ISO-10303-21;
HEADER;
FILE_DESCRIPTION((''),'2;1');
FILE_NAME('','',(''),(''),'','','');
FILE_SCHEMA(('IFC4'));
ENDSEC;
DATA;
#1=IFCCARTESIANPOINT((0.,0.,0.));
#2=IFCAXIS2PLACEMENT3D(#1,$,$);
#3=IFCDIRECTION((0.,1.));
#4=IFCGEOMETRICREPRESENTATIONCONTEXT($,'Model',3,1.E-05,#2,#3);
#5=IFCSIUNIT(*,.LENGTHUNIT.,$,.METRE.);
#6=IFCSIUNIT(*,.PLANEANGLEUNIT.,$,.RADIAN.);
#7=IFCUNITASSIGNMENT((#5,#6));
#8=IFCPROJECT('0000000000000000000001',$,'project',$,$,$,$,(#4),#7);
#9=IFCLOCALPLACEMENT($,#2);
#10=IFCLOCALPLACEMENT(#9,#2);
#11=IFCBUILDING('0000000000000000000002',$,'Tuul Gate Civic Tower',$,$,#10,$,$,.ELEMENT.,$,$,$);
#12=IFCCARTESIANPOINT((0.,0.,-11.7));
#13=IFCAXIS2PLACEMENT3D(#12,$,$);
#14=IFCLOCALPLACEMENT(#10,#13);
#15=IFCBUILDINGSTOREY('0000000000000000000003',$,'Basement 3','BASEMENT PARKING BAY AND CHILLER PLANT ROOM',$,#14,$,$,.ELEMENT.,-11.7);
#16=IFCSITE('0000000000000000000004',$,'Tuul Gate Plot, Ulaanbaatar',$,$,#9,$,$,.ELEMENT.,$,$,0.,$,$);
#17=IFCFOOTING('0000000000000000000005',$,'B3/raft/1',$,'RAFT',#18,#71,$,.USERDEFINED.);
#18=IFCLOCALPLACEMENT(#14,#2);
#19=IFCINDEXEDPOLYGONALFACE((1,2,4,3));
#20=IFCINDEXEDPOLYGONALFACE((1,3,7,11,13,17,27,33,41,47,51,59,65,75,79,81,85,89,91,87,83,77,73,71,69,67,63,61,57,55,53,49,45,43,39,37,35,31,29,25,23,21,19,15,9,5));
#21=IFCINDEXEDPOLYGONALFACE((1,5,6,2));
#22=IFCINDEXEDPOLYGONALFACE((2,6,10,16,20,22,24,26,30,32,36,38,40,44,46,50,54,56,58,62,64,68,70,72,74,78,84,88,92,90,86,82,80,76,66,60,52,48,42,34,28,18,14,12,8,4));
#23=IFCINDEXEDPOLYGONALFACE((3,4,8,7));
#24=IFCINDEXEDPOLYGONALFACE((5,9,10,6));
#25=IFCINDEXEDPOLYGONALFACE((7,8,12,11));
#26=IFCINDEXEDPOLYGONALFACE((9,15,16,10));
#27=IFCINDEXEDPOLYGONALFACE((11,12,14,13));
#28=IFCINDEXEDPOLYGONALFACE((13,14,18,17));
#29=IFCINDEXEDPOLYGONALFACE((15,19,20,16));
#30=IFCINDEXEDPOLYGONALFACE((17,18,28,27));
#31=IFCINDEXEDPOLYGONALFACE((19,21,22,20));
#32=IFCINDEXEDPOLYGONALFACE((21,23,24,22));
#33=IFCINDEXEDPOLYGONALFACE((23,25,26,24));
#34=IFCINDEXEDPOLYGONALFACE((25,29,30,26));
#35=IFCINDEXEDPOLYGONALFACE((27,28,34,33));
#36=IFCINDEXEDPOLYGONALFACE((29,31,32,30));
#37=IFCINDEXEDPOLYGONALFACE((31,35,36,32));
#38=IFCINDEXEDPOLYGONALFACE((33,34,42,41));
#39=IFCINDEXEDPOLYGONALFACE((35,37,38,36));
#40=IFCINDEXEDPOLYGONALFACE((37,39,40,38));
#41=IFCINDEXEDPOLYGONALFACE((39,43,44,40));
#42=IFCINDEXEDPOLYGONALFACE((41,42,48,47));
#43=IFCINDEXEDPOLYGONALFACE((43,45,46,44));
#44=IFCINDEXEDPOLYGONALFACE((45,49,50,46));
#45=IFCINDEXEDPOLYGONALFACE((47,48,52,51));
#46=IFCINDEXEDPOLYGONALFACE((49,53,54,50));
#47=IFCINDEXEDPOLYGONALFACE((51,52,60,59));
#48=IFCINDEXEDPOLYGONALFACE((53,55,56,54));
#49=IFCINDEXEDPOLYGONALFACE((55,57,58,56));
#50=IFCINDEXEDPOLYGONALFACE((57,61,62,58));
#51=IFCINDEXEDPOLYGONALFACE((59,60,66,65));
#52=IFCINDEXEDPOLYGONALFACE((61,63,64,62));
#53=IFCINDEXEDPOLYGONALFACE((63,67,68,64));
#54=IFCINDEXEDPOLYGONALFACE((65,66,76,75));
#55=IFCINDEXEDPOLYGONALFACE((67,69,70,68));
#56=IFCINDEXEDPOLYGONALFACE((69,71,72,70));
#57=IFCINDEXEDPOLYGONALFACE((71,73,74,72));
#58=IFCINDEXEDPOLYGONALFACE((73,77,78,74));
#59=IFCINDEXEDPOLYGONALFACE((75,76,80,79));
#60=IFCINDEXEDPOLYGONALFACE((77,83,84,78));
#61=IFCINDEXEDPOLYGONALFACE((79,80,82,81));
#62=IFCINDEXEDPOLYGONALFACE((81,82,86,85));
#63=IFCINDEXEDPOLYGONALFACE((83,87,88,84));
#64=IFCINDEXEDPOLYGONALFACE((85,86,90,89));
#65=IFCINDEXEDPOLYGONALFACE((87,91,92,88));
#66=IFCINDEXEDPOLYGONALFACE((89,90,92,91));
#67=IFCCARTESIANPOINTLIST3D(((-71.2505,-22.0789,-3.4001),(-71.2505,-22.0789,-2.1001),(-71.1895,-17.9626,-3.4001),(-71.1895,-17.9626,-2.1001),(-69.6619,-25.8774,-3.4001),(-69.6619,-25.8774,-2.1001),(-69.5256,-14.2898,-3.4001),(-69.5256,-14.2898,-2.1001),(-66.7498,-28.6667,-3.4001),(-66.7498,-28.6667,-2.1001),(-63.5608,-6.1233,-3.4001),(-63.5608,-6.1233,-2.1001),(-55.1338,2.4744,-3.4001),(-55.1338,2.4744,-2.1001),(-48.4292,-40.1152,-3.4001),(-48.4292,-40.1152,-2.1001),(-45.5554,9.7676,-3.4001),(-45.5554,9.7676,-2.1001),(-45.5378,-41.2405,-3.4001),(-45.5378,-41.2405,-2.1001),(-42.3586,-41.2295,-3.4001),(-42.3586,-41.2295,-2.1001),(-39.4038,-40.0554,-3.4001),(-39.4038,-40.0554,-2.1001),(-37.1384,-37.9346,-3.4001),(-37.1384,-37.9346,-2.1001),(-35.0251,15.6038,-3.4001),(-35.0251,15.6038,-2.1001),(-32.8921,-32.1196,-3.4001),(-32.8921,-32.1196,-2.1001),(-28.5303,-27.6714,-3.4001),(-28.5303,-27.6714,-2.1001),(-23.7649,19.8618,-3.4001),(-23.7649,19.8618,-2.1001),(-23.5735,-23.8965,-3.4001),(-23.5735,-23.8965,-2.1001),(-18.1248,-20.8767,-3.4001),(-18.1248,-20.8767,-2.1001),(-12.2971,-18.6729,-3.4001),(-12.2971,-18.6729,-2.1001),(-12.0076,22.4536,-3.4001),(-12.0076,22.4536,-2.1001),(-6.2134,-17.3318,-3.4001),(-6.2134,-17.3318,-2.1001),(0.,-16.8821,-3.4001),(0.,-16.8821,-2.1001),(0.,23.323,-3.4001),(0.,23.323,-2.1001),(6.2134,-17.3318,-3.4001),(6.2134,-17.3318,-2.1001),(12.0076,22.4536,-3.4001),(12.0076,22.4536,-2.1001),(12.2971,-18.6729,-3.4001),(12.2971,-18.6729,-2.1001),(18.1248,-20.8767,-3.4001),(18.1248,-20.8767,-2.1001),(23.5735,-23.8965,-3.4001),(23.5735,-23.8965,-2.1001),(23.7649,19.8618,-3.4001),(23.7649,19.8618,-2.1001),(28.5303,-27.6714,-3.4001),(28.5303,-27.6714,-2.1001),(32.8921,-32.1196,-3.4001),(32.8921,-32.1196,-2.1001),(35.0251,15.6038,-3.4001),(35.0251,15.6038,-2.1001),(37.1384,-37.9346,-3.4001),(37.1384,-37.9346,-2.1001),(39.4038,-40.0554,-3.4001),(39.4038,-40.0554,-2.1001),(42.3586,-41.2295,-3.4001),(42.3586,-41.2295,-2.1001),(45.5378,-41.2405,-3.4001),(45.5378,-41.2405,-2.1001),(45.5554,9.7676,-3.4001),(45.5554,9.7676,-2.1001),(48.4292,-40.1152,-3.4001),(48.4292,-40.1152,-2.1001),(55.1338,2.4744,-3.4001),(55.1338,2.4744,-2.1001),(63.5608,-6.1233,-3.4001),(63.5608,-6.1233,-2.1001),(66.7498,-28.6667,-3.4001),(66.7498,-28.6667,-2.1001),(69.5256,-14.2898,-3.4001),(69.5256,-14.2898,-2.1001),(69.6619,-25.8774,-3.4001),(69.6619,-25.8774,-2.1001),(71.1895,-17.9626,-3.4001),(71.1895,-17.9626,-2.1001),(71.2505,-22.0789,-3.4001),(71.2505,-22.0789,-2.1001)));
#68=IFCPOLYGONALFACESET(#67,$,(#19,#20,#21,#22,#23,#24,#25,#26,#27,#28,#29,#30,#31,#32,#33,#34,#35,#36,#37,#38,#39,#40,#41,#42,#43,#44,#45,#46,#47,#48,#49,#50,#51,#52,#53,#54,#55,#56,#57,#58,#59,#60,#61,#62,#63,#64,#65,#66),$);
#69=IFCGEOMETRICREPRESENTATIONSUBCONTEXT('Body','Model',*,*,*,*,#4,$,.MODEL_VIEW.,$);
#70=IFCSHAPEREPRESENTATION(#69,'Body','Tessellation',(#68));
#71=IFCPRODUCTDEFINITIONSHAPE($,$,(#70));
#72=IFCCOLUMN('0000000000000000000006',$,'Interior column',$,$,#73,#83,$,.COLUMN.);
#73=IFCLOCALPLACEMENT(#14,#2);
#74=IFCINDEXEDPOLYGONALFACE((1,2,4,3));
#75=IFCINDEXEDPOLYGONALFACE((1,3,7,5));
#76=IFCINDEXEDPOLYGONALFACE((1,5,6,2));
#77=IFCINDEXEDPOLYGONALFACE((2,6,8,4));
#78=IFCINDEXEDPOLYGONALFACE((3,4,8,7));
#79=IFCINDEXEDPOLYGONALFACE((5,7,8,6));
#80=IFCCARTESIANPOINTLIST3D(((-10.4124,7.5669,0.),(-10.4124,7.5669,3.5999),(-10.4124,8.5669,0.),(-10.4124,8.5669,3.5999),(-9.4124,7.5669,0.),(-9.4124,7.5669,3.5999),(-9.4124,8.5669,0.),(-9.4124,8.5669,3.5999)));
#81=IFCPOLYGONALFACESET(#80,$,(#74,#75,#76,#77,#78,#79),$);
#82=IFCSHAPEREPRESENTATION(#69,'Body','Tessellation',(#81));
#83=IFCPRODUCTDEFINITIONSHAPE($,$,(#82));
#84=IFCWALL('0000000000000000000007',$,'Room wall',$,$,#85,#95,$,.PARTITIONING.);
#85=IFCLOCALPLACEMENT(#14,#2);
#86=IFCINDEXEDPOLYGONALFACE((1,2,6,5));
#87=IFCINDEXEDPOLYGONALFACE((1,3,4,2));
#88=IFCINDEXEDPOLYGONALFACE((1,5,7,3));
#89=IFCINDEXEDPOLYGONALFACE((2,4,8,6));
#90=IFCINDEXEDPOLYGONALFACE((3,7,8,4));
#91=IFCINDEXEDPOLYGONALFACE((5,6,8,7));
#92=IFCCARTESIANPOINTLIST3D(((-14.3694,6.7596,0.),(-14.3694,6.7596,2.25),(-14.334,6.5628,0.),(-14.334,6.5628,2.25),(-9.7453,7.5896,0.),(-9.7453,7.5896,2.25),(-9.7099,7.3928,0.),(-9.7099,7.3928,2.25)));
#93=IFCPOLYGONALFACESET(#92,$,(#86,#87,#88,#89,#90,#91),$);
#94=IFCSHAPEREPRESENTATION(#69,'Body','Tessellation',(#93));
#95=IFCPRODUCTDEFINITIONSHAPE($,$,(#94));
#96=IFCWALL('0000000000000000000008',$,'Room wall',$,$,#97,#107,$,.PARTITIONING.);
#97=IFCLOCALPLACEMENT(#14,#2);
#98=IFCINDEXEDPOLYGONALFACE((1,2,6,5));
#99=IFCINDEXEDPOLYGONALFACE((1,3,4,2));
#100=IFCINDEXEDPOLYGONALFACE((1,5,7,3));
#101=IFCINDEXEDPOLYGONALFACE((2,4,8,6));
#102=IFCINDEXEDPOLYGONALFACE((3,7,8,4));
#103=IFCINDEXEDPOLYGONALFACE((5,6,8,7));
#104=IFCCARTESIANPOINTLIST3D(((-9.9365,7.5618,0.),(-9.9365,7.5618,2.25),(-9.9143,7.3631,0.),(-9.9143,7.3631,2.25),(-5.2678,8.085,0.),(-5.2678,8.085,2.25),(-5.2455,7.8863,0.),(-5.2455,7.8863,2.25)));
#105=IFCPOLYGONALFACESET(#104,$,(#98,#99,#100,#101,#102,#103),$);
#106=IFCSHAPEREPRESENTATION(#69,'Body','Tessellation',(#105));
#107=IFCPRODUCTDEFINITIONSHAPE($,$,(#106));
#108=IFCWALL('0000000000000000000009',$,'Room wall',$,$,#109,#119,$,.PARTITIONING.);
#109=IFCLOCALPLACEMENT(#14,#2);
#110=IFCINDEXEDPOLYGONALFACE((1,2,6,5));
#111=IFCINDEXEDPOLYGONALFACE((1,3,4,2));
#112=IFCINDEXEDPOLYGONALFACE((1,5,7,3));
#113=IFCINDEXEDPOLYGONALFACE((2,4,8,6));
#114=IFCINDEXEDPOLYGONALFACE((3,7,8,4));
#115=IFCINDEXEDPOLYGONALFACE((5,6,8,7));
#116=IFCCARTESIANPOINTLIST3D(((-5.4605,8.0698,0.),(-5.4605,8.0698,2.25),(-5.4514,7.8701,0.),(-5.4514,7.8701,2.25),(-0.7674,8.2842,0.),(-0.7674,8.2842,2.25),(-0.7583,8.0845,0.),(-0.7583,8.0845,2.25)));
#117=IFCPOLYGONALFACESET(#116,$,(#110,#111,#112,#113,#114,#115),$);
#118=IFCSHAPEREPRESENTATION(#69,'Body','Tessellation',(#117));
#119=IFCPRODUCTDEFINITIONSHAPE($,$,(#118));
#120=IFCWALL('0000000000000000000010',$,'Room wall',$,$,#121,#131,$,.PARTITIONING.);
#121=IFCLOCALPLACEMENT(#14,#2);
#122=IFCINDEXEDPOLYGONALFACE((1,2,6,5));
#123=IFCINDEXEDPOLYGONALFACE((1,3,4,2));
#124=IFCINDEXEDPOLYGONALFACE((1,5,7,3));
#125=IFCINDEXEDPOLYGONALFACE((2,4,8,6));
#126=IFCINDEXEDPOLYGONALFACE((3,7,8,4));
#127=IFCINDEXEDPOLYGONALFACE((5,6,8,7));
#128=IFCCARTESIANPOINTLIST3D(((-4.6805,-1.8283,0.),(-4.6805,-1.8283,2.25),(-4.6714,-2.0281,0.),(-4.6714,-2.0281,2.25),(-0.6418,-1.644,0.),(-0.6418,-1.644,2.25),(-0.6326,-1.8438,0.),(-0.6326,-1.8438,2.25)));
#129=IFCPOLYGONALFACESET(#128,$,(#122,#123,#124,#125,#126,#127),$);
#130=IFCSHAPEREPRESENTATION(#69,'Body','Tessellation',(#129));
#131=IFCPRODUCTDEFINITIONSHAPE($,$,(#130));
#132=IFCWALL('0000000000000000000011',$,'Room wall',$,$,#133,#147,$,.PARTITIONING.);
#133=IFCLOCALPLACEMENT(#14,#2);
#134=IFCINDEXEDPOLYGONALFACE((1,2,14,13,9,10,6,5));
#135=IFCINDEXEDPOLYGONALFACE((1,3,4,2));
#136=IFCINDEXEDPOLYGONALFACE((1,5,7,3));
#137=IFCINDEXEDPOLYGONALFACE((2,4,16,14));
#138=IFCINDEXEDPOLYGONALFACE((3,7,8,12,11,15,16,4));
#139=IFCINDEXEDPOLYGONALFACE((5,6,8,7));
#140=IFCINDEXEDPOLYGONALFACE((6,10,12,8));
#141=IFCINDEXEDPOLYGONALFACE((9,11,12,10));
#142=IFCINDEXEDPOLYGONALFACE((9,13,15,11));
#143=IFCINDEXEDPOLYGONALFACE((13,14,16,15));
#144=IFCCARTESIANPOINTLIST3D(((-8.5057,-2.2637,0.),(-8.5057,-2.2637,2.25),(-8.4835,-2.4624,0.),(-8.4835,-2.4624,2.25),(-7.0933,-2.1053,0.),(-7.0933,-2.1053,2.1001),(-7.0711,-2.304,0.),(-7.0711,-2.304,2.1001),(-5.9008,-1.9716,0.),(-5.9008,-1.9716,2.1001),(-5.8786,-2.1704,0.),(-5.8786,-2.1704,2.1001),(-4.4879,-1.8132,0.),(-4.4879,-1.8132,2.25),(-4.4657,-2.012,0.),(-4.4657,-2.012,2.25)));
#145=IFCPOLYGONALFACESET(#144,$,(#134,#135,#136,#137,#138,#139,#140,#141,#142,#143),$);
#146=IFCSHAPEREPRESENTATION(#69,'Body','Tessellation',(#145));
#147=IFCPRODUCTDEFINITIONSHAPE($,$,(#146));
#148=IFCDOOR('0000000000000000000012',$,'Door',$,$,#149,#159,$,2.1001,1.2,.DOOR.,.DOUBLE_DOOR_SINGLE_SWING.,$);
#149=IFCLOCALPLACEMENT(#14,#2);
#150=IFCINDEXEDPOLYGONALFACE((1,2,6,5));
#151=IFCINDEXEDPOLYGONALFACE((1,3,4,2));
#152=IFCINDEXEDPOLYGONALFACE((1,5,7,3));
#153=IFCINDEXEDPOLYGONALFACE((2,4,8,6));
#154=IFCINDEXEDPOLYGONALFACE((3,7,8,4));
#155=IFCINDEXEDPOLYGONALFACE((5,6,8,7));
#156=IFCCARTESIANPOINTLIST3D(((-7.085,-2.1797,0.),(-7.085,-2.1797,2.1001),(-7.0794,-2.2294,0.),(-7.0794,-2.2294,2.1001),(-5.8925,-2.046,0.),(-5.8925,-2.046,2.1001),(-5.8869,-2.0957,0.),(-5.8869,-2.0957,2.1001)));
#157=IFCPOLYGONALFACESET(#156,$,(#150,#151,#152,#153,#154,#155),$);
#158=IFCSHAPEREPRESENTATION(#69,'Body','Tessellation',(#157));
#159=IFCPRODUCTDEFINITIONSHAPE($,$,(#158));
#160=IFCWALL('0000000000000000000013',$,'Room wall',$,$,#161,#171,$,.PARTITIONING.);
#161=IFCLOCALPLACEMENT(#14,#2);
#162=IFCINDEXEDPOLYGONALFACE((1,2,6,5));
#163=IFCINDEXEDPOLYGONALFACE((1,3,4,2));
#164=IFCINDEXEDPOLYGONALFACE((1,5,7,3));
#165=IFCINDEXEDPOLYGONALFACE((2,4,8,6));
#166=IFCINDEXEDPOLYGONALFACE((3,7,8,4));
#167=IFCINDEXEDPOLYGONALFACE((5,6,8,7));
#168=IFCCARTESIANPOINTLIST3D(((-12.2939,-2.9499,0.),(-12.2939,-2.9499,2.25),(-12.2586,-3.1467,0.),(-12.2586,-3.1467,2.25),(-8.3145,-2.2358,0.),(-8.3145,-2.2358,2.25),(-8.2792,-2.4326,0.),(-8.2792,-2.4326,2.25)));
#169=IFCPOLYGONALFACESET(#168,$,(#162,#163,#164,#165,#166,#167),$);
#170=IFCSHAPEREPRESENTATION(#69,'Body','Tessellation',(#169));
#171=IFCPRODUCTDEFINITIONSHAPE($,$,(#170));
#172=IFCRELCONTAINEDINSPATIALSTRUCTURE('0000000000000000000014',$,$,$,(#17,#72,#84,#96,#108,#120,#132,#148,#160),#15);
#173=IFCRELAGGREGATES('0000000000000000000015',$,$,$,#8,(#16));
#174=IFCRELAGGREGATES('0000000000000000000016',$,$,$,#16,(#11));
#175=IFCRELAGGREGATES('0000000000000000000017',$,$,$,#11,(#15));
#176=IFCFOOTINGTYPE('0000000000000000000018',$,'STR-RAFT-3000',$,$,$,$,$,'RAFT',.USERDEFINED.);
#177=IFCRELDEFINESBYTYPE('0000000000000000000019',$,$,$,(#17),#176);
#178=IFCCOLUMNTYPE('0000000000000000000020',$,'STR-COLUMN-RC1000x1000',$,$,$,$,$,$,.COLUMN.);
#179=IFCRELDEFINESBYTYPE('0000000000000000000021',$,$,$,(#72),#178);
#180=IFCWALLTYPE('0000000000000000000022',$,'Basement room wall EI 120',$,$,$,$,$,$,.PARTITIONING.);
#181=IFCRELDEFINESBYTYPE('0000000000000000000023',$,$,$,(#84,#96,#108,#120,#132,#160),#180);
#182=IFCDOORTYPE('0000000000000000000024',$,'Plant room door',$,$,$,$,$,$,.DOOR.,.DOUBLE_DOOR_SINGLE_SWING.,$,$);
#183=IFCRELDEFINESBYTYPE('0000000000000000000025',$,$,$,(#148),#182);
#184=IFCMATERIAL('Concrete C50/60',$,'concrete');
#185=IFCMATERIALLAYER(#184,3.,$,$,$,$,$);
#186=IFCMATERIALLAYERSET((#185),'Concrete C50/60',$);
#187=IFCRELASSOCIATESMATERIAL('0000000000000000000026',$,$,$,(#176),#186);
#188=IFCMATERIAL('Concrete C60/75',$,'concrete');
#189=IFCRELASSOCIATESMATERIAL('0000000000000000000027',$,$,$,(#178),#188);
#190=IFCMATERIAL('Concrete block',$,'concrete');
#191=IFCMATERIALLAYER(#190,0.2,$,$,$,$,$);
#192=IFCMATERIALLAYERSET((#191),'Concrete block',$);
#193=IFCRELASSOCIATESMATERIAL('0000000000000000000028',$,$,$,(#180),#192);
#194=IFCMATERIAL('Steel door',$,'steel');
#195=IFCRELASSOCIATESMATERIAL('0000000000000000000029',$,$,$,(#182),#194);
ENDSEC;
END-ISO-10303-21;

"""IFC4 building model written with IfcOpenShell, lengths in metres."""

from ifc_helpers import new_model, si_unit, direction, frame, frame_2d, origin, origin_2d, place, context, subcontext, project, spatial, polyline, rectangle, outline, extrude, material, layer, layer_set, material_profile, profile_set, type_object, element, fill, save


model = new_model("IFC4")

# Units and contexts
model_context = context("Model", 3, precision=1e-05, world=origin(), true_north=direction((0.0, 1.0)))
body_context = subcontext(model_context, "Body", "Model", "MODEL_VIEW")
ifc_project = project(units=[si_unit("LENGTHUNIT", "METRE"), si_unit("PLANEANGLEUNIT", "RADIAN")], contexts=[model_context])

# Site, building, storey
site_placement = place(None, origin())
site = spatial("IfcSite", under=ifc_project, at=site_placement, Name="Tuul Gate Plot, Ulaanbaatar", CompositionType="ELEMENT", RefElevation=0.0)
building_placement = place(site_placement, origin())
building = spatial("IfcBuilding", under=site, at=building_placement, Name="Tuul Gate Civic Tower", CompositionType="ELEMENT")
storey_placement = place(building_placement, frame((0.0, 0.0, -11.7)))
storey = spatial("IfcBuildingStorey", under=building, at=storey_placement, Name="Basement 3", Description="BASEMENT PARKING BAY AND CHILLER PLANT ROOM", CompositionType="ELEMENT", Elevation=-11.7)

# Footing
ifc_material_1 = material(Name="Concrete C50/60", Category="concrete")
ifc_layer_1 = layer(ifc_material_1, 3.0)
ifc_layer_set_1 = layer_set([ifc_layer_1], Name="Concrete C50/60")
footing_type = type_object("IfcFootingType", Name="STR-RAFT-3000", ElementType="RAFT", PredefinedType="USERDEFINED", material=ifc_layer_set_1)
footing_placement = place(storey_placement, frame((0.0, 0.0, -3.4001)))
element("IfcFooting", 1, at=footing_placement, inside=storey, type_object=footing_type, Name="B3/raft/1", ObjectType="RAFT", PredefinedType="USERDEFINED", context=body_context, shape_type="SweptSolid", body=[
    extrude(outline(polyline([(69.6619, -25.8774), (71.2505, -22.0789), (71.1895, -17.9626), (69.5256, -14.2898), (63.5608, -6.1233), (55.1338, 2.4744), (45.5554, 9.7676), (35.0251, 15.6038), (23.7649, 19.8618), (12.0076, 22.4536), (0.0, 23.323), (-12.0076, 22.4536), (-23.7649, 19.8618), (-35.0251, 15.6038), (-45.5554, 9.7676), (-55.1338, 2.4744), (-63.5608, -6.1233), (-69.5256, -14.2898), (-71.1895, -17.9626), (-71.2505, -22.0789), (-69.6619, -25.8774), (-66.7498, -28.6667), (-48.4292, -40.1152), (-45.5378, -41.2405), (-42.3586, -41.2295), (-39.4038, -40.0554), (-37.1384, -37.9346), (-32.8921, -32.1196), (-28.5303, -27.6714), (-23.5735, -23.8965), (-18.1248, -20.8767), (-12.2971, -18.6729), (-6.2134, -17.3318), (0.0, -16.8821), (6.2134, -17.3318), (12.2971, -18.6729), (18.1248, -20.8767), (23.5735, -23.8965), (28.5303, -27.6714), (32.8921, -32.1196), (37.1384, -37.9346), (39.4038, -40.0554), (42.3586, -41.2295), (45.5378, -41.2405), (48.4292, -40.1152), (66.7498, -28.6667), (69.6619, -25.8774)])), origin(), (0.0, 0.0, 1.0), 1.3),
])

# Column
ifc_material_2 = material(Name="Concrete C60/75", Category="concrete")
ifc_material_profile_1 = material_profile(ifc_material_2, rectangle(XDim=1.0, YDim=1.0, at=origin_2d()), Name="RC1000x1000")
ifc_profile_set_1 = profile_set([ifc_material_profile_1], Name="Concrete C60/75")
column_type = type_object("IfcColumnType", Name="STR-COLUMN-RC1000x1000", PredefinedType="COLUMN", material=ifc_profile_set_1)
column_placement = place(storey_placement, frame((-9.9124, 8.0669, 0.0), z_axis=(0.0, 0.0, 1.0), x_axis=(1.0, 0.0, 0.0)))
element("IfcColumn", 2, at=column_placement, inside=storey, type_object=column_type, Name="Interior column", PredefinedType="COLUMN", context=body_context, shape_type="SweptSolid", body=[
    extrude(rectangle(XDim=1.0, YDim=1.0, at=origin_2d()), origin(), (0.0, 0.0, 1.0), 3.5999),
])

# Walls
ifc_material_3 = material(Name="Concrete block", Category="concrete")
ifc_layer_2 = layer(ifc_material_3, 0.2)
ifc_layer_set_2 = layer_set([ifc_layer_2], Name="Concrete block")
wall_type = type_object("IfcWallType", Name="Basement room wall EI 120", PredefinedType="PARTITIONING", material=ifc_layer_set_2)
for number, where, z_axis, x_axis, name in (
    (3, (-14.3518, 6.6611, 0.0), (0.0, 0.0, 1.0), (0.984267, 0.17669, 0.0), "Room wall"),
    (4, (-9.9255, 7.4624, 0.0), (0.0, 0.0, 1.0), (0.993779, 0.111367, 0.0), "Room wall"),
    (5, (-5.4561, 7.97, 0.0), (0.0, 0.0, 1.0), (0.998959, 0.045627, 0.0), "Room wall"),
):
    element("IfcWall", number, at=place(storey_placement, frame(where, z_axis=z_axis, x_axis=x_axis)), inside=storey, type_object=wall_type, Name=name, PredefinedType="PARTITIONING", context=body_context, shape_type="SweptSolid", body=[
        extrude(rectangle(XDim=4.698, YDim=0.2, at=frame_2d((2.3491, 0.0))), origin(), (0.0, 0.0, 1.0), 2.25),
    ])
wall_1_placement = place(storey_placement, frame((-0.6372, -1.7439, 0.0), z_axis=(0.0, 0.0, 1.0), x_axis=(-0.99896, -0.045591, 0.0)))
element("IfcWall", 6, at=wall_1_placement, inside=storey, type_object=wall_type, Name="Room wall", PredefinedType="PARTITIONING", context=body_context, shape_type="SweptSolid", body=[
    extrude(rectangle(XDim=4.043, YDim=0.2, at=frame_2d((2.0215, 0.0))), origin(), (0.0, 0.0, 1.0), 2.25),
])

# Wall, opening, door
wall_2_placement = place(storey_placement, frame((-4.4768, -1.9126, 0.0), z_axis=(0.0, 0.0, 1.0), x_axis=(-0.993774, -0.111412, 0.0)))
wall_2 = element("IfcWall", 7, at=wall_2_placement, inside=storey, type_object=wall_type, Name="Room wall", PredefinedType="PARTITIONING", context=body_context, shape_type="SweptSolid", body=[
    extrude(rectangle(XDim=4.043, YDim=0.2, at=frame_2d((2.0215, 0.0))), origin(), (0.0, 0.0, 1.0), 2.25),
])
opening_placement = place(wall_2_placement, frame((1.4216, 0.0, 0.0)))
opening = element("IfcOpeningElement", 8, at=opening_placement, cuts=wall_2, PredefinedType="OPENING", context=body_context, shape_type="SweptSolid", body=[
    extrude(rectangle(XDim=1.2, YDim=2.1001, at=frame_2d((0.6001, 1.05))), frame((0.0, 0.1099, 0.0), z_axis=(0.0, -1.0, 0.0), x_axis=(1.0, 0.0, 0.0)), (0.0, 0.0, 1.0), 0.22),
])
ifc_material_4 = material(Name="Steel door", Category="steel")
door_type = type_object("IfcDoorType", Name="Plant room door", OperationType="DOUBLE_DOOR_SINGLE_SWING", PredefinedType="DOOR", material=ifc_material_4)
door_placement = place(opening_placement, origin())
door = element("IfcDoor", 9, at=door_placement, inside=storey, type_object=door_type, Name="Door", OperationType="DOUBLE_DOOR_SINGLE_SWING", OverallHeight=2.1001, OverallWidth=1.2, PredefinedType="DOOR", context=body_context, shape_type="SweptSolid", body=[
    extrude(rectangle(XDim=1.2, YDim=2.1001, at=frame_2d((0.6001, 1.05))), frame((0.0, 0.0249, 0.0), z_axis=(0.0, -1.0, 0.0), x_axis=(1.0, 0.0, 0.0)), (0.0, 0.0, 1.0), 0.05),
])
fill(opening, door)

# Wall
wall_3_placement = place(storey_placement, frame((-8.2969, -2.3342, 0.0), z_axis=(0.0, 0.0, 1.0), x_axis=(-0.984278, -0.176627, 0.0)))
element("IfcWall", 10, at=wall_3_placement, inside=storey, type_object=wall_type, Name="Room wall", PredefinedType="PARTITIONING", context=body_context, shape_type="SweptSolid", body=[
    extrude(rectangle(XDim=4.043, YDim=0.2, at=frame_2d((2.0215, 0.0))), origin(), (0.0, 0.0, 1.0), 2.25),
])

save(model, "model.ifc")
